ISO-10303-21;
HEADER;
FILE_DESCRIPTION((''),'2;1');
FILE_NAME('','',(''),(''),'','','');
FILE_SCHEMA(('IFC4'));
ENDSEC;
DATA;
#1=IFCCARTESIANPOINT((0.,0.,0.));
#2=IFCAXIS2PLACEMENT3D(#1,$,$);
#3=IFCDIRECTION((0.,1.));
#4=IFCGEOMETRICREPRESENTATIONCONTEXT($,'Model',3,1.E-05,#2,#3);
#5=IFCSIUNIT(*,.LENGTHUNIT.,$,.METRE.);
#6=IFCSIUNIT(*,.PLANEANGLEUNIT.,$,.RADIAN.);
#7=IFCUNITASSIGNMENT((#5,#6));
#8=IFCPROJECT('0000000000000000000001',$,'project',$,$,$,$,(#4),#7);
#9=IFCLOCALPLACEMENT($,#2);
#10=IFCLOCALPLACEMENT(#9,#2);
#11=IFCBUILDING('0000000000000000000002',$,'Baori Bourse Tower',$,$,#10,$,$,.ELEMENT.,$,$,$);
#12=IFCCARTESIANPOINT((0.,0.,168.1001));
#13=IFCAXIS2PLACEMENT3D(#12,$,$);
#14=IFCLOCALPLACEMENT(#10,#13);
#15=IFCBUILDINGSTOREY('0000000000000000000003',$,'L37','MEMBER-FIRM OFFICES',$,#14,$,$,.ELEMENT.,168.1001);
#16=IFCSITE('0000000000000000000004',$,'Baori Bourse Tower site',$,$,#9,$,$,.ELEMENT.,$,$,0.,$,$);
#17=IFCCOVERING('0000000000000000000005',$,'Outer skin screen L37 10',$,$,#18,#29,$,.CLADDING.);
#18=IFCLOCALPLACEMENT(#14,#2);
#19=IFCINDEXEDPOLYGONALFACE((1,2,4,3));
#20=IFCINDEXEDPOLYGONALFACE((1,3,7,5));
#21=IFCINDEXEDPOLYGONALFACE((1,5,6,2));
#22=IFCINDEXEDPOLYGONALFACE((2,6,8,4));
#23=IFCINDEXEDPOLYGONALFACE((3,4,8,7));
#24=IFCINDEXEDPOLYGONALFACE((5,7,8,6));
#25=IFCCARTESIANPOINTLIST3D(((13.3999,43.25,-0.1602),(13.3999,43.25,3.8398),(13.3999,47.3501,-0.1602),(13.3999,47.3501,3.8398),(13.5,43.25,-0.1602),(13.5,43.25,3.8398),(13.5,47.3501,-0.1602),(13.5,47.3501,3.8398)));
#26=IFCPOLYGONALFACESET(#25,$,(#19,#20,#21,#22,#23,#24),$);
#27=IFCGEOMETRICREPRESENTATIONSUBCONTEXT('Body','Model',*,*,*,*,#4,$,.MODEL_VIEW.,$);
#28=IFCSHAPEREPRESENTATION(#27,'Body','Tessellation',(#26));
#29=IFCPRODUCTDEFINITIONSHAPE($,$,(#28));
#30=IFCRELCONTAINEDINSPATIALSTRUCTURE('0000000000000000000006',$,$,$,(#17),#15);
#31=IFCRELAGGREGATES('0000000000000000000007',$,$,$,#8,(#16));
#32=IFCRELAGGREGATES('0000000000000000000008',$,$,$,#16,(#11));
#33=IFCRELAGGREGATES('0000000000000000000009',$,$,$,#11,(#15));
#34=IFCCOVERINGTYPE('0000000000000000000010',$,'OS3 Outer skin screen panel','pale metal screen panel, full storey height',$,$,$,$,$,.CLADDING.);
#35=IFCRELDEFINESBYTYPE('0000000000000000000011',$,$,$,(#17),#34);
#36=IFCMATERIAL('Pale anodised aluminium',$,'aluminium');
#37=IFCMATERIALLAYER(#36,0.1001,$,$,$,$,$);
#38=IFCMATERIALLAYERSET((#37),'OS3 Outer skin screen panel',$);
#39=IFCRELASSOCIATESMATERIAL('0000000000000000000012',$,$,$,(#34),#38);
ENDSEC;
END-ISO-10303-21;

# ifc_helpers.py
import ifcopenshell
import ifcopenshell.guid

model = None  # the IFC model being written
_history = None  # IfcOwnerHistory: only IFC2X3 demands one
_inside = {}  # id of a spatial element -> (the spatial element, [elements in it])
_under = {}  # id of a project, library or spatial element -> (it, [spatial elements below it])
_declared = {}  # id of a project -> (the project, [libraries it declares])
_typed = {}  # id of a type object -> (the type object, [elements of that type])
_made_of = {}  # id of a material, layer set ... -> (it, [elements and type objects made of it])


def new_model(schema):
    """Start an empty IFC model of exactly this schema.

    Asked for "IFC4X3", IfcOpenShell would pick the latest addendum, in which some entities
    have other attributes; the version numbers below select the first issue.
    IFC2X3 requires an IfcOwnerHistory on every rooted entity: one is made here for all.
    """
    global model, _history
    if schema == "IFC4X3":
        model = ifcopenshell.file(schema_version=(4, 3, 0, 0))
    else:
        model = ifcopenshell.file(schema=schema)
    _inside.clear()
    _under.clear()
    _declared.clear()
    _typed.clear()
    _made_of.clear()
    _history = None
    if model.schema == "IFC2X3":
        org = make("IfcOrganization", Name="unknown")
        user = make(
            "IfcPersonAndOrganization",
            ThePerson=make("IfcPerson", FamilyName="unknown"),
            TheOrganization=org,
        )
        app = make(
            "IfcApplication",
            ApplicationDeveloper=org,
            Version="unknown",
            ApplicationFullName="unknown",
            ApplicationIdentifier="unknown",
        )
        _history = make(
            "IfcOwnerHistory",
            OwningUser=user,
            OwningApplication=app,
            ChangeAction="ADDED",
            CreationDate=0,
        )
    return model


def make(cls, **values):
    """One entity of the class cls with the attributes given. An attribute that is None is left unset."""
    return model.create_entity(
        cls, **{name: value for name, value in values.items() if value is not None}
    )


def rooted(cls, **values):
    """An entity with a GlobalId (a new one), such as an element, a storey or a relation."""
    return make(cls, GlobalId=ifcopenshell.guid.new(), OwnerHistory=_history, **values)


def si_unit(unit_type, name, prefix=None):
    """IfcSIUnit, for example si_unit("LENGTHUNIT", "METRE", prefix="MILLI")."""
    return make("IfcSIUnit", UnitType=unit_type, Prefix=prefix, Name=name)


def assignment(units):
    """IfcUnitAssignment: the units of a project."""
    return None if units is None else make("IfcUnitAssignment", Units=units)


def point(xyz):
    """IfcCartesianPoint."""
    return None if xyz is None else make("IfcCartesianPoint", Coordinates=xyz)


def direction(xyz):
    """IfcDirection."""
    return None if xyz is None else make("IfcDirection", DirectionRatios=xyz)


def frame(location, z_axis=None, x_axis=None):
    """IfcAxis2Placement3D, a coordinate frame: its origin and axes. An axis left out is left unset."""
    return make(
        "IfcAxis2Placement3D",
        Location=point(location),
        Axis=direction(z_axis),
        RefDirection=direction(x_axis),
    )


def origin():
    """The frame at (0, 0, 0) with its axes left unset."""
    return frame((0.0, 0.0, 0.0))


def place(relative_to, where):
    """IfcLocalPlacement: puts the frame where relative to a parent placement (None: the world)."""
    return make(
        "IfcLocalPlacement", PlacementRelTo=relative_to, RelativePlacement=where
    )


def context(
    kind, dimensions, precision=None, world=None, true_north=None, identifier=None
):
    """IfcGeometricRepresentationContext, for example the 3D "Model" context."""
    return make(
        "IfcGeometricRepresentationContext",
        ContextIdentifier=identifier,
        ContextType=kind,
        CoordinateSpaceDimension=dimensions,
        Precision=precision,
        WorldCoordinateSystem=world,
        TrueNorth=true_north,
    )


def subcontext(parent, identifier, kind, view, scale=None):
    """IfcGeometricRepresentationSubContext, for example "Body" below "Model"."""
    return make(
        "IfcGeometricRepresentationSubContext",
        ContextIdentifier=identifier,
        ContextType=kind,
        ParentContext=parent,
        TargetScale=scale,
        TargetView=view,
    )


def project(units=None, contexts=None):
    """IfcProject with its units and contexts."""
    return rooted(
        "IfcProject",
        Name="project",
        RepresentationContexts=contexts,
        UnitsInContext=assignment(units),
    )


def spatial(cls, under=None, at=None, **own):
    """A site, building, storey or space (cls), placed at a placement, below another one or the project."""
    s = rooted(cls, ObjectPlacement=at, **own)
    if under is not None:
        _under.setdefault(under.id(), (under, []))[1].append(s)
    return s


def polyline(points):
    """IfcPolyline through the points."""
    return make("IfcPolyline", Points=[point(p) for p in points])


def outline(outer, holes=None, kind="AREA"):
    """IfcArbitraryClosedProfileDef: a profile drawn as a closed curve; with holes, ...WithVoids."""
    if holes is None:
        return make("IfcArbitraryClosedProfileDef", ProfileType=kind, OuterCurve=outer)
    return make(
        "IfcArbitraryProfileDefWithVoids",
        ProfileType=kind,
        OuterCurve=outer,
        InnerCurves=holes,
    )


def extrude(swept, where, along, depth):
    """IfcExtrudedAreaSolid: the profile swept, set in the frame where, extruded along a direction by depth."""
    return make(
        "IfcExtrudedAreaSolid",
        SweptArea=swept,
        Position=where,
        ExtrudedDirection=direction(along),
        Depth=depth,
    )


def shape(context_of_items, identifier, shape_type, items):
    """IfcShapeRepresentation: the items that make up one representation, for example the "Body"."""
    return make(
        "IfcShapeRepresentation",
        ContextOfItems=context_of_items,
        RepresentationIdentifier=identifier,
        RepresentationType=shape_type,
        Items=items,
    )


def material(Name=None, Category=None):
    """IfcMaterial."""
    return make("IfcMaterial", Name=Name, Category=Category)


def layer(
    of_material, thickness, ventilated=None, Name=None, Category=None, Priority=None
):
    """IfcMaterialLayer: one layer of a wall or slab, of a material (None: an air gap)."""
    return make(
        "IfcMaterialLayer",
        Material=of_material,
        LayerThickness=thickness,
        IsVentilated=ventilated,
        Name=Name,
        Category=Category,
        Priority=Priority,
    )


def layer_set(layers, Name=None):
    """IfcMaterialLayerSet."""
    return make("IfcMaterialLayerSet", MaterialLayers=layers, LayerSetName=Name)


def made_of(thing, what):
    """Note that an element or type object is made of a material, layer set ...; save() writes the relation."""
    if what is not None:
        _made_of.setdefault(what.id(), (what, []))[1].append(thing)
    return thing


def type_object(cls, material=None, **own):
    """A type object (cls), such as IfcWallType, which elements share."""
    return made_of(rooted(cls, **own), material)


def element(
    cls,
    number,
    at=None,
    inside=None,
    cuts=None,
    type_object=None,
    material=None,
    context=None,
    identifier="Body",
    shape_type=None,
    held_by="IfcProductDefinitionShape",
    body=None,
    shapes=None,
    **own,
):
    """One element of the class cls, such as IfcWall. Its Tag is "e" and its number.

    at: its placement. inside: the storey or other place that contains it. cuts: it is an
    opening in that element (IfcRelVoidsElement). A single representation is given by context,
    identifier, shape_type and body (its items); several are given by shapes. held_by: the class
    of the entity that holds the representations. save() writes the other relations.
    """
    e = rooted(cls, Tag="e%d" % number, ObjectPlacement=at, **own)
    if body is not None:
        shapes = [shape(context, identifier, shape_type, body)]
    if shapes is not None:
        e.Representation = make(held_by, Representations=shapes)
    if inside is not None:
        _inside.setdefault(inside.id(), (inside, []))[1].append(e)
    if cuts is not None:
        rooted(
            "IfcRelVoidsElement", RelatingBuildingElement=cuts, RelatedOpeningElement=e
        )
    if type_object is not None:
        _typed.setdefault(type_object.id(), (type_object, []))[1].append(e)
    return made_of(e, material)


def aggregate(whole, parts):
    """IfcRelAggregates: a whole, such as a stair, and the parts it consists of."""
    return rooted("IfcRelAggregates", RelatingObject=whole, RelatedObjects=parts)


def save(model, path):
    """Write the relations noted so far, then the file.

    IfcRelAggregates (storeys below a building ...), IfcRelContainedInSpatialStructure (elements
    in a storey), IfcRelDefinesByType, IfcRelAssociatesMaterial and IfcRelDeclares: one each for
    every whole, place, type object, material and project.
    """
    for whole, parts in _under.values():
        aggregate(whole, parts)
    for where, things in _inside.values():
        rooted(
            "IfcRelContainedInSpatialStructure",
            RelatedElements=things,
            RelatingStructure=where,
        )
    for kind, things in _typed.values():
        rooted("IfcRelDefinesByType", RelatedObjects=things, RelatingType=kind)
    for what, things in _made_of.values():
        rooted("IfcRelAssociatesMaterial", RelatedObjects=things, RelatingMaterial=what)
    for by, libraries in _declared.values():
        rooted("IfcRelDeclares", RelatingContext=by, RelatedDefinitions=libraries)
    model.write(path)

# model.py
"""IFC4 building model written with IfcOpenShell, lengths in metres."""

from ifc_helpers import new_model, si_unit, direction, frame, origin, place, context, subcontext, project, spatial, polyline, outline, extrude, material, layer, layer_set, type_object, element, save


model = new_model("IFC4")

# Units and contexts
model_context = context("Model", 3, precision=1e-05, world=origin(), true_north=direction((0.0, 1.0)))
body_context = subcontext(model_context, "Body", "Model", "MODEL_VIEW")
ifc_project = project(units=[si_unit("LENGTHUNIT", "METRE"), si_unit("PLANEANGLEUNIT", "RADIAN")], contexts=[model_context])

# Site, building, storey
site_placement = place(None, origin())
site = spatial("IfcSite", under=ifc_project, at=site_placement, Name="Baori Bourse Tower site", CompositionType="ELEMENT", RefElevation=0.0)
building_placement = place(site_placement, origin())
building = spatial("IfcBuilding", under=site, at=building_placement, Name="Baori Bourse Tower", CompositionType="ELEMENT")
storey_placement = place(building_placement, frame((0.0, 0.0, 168.1001)))
storey = spatial("IfcBuildingStorey", under=building, at=storey_placement, Name="L37", Description="MEMBER-FIRM OFFICES", CompositionType="ELEMENT", Elevation=168.1001)

# Covering
ifc_material_1 = material(Name="Pale anodised aluminium", Category="aluminium")
ifc_layer_1 = layer(ifc_material_1, 0.1001)
ifc_layer_set_1 = layer_set([ifc_layer_1], Name="OS3 Outer skin screen panel")
covering_type = type_object("IfcCoveringType", Name="OS3 Outer skin screen panel", Description="pale metal screen panel, full storey height", PredefinedType="CLADDING", material=ifc_layer_set_1)
covering_1_placement = place(storey_placement, frame((0.0, 0.0, -0.1602)))
element("IfcCovering", 1, at=covering_1_placement, inside=storey, type_object=covering_type, Name="Outer skin screen L37 10", PredefinedType="CLADDING", context=body_context, shape_type="SweptSolid", body=[
    extrude(outline(polyline([(13.5, 43.25), (13.5, 47.3501), (13.3999, 47.3501), (13.3999, 43.25), (13.5, 43.25)])), origin(), (0.0, 0.0, 1.0), 4.0),
])

save(model, "model.ifc")
